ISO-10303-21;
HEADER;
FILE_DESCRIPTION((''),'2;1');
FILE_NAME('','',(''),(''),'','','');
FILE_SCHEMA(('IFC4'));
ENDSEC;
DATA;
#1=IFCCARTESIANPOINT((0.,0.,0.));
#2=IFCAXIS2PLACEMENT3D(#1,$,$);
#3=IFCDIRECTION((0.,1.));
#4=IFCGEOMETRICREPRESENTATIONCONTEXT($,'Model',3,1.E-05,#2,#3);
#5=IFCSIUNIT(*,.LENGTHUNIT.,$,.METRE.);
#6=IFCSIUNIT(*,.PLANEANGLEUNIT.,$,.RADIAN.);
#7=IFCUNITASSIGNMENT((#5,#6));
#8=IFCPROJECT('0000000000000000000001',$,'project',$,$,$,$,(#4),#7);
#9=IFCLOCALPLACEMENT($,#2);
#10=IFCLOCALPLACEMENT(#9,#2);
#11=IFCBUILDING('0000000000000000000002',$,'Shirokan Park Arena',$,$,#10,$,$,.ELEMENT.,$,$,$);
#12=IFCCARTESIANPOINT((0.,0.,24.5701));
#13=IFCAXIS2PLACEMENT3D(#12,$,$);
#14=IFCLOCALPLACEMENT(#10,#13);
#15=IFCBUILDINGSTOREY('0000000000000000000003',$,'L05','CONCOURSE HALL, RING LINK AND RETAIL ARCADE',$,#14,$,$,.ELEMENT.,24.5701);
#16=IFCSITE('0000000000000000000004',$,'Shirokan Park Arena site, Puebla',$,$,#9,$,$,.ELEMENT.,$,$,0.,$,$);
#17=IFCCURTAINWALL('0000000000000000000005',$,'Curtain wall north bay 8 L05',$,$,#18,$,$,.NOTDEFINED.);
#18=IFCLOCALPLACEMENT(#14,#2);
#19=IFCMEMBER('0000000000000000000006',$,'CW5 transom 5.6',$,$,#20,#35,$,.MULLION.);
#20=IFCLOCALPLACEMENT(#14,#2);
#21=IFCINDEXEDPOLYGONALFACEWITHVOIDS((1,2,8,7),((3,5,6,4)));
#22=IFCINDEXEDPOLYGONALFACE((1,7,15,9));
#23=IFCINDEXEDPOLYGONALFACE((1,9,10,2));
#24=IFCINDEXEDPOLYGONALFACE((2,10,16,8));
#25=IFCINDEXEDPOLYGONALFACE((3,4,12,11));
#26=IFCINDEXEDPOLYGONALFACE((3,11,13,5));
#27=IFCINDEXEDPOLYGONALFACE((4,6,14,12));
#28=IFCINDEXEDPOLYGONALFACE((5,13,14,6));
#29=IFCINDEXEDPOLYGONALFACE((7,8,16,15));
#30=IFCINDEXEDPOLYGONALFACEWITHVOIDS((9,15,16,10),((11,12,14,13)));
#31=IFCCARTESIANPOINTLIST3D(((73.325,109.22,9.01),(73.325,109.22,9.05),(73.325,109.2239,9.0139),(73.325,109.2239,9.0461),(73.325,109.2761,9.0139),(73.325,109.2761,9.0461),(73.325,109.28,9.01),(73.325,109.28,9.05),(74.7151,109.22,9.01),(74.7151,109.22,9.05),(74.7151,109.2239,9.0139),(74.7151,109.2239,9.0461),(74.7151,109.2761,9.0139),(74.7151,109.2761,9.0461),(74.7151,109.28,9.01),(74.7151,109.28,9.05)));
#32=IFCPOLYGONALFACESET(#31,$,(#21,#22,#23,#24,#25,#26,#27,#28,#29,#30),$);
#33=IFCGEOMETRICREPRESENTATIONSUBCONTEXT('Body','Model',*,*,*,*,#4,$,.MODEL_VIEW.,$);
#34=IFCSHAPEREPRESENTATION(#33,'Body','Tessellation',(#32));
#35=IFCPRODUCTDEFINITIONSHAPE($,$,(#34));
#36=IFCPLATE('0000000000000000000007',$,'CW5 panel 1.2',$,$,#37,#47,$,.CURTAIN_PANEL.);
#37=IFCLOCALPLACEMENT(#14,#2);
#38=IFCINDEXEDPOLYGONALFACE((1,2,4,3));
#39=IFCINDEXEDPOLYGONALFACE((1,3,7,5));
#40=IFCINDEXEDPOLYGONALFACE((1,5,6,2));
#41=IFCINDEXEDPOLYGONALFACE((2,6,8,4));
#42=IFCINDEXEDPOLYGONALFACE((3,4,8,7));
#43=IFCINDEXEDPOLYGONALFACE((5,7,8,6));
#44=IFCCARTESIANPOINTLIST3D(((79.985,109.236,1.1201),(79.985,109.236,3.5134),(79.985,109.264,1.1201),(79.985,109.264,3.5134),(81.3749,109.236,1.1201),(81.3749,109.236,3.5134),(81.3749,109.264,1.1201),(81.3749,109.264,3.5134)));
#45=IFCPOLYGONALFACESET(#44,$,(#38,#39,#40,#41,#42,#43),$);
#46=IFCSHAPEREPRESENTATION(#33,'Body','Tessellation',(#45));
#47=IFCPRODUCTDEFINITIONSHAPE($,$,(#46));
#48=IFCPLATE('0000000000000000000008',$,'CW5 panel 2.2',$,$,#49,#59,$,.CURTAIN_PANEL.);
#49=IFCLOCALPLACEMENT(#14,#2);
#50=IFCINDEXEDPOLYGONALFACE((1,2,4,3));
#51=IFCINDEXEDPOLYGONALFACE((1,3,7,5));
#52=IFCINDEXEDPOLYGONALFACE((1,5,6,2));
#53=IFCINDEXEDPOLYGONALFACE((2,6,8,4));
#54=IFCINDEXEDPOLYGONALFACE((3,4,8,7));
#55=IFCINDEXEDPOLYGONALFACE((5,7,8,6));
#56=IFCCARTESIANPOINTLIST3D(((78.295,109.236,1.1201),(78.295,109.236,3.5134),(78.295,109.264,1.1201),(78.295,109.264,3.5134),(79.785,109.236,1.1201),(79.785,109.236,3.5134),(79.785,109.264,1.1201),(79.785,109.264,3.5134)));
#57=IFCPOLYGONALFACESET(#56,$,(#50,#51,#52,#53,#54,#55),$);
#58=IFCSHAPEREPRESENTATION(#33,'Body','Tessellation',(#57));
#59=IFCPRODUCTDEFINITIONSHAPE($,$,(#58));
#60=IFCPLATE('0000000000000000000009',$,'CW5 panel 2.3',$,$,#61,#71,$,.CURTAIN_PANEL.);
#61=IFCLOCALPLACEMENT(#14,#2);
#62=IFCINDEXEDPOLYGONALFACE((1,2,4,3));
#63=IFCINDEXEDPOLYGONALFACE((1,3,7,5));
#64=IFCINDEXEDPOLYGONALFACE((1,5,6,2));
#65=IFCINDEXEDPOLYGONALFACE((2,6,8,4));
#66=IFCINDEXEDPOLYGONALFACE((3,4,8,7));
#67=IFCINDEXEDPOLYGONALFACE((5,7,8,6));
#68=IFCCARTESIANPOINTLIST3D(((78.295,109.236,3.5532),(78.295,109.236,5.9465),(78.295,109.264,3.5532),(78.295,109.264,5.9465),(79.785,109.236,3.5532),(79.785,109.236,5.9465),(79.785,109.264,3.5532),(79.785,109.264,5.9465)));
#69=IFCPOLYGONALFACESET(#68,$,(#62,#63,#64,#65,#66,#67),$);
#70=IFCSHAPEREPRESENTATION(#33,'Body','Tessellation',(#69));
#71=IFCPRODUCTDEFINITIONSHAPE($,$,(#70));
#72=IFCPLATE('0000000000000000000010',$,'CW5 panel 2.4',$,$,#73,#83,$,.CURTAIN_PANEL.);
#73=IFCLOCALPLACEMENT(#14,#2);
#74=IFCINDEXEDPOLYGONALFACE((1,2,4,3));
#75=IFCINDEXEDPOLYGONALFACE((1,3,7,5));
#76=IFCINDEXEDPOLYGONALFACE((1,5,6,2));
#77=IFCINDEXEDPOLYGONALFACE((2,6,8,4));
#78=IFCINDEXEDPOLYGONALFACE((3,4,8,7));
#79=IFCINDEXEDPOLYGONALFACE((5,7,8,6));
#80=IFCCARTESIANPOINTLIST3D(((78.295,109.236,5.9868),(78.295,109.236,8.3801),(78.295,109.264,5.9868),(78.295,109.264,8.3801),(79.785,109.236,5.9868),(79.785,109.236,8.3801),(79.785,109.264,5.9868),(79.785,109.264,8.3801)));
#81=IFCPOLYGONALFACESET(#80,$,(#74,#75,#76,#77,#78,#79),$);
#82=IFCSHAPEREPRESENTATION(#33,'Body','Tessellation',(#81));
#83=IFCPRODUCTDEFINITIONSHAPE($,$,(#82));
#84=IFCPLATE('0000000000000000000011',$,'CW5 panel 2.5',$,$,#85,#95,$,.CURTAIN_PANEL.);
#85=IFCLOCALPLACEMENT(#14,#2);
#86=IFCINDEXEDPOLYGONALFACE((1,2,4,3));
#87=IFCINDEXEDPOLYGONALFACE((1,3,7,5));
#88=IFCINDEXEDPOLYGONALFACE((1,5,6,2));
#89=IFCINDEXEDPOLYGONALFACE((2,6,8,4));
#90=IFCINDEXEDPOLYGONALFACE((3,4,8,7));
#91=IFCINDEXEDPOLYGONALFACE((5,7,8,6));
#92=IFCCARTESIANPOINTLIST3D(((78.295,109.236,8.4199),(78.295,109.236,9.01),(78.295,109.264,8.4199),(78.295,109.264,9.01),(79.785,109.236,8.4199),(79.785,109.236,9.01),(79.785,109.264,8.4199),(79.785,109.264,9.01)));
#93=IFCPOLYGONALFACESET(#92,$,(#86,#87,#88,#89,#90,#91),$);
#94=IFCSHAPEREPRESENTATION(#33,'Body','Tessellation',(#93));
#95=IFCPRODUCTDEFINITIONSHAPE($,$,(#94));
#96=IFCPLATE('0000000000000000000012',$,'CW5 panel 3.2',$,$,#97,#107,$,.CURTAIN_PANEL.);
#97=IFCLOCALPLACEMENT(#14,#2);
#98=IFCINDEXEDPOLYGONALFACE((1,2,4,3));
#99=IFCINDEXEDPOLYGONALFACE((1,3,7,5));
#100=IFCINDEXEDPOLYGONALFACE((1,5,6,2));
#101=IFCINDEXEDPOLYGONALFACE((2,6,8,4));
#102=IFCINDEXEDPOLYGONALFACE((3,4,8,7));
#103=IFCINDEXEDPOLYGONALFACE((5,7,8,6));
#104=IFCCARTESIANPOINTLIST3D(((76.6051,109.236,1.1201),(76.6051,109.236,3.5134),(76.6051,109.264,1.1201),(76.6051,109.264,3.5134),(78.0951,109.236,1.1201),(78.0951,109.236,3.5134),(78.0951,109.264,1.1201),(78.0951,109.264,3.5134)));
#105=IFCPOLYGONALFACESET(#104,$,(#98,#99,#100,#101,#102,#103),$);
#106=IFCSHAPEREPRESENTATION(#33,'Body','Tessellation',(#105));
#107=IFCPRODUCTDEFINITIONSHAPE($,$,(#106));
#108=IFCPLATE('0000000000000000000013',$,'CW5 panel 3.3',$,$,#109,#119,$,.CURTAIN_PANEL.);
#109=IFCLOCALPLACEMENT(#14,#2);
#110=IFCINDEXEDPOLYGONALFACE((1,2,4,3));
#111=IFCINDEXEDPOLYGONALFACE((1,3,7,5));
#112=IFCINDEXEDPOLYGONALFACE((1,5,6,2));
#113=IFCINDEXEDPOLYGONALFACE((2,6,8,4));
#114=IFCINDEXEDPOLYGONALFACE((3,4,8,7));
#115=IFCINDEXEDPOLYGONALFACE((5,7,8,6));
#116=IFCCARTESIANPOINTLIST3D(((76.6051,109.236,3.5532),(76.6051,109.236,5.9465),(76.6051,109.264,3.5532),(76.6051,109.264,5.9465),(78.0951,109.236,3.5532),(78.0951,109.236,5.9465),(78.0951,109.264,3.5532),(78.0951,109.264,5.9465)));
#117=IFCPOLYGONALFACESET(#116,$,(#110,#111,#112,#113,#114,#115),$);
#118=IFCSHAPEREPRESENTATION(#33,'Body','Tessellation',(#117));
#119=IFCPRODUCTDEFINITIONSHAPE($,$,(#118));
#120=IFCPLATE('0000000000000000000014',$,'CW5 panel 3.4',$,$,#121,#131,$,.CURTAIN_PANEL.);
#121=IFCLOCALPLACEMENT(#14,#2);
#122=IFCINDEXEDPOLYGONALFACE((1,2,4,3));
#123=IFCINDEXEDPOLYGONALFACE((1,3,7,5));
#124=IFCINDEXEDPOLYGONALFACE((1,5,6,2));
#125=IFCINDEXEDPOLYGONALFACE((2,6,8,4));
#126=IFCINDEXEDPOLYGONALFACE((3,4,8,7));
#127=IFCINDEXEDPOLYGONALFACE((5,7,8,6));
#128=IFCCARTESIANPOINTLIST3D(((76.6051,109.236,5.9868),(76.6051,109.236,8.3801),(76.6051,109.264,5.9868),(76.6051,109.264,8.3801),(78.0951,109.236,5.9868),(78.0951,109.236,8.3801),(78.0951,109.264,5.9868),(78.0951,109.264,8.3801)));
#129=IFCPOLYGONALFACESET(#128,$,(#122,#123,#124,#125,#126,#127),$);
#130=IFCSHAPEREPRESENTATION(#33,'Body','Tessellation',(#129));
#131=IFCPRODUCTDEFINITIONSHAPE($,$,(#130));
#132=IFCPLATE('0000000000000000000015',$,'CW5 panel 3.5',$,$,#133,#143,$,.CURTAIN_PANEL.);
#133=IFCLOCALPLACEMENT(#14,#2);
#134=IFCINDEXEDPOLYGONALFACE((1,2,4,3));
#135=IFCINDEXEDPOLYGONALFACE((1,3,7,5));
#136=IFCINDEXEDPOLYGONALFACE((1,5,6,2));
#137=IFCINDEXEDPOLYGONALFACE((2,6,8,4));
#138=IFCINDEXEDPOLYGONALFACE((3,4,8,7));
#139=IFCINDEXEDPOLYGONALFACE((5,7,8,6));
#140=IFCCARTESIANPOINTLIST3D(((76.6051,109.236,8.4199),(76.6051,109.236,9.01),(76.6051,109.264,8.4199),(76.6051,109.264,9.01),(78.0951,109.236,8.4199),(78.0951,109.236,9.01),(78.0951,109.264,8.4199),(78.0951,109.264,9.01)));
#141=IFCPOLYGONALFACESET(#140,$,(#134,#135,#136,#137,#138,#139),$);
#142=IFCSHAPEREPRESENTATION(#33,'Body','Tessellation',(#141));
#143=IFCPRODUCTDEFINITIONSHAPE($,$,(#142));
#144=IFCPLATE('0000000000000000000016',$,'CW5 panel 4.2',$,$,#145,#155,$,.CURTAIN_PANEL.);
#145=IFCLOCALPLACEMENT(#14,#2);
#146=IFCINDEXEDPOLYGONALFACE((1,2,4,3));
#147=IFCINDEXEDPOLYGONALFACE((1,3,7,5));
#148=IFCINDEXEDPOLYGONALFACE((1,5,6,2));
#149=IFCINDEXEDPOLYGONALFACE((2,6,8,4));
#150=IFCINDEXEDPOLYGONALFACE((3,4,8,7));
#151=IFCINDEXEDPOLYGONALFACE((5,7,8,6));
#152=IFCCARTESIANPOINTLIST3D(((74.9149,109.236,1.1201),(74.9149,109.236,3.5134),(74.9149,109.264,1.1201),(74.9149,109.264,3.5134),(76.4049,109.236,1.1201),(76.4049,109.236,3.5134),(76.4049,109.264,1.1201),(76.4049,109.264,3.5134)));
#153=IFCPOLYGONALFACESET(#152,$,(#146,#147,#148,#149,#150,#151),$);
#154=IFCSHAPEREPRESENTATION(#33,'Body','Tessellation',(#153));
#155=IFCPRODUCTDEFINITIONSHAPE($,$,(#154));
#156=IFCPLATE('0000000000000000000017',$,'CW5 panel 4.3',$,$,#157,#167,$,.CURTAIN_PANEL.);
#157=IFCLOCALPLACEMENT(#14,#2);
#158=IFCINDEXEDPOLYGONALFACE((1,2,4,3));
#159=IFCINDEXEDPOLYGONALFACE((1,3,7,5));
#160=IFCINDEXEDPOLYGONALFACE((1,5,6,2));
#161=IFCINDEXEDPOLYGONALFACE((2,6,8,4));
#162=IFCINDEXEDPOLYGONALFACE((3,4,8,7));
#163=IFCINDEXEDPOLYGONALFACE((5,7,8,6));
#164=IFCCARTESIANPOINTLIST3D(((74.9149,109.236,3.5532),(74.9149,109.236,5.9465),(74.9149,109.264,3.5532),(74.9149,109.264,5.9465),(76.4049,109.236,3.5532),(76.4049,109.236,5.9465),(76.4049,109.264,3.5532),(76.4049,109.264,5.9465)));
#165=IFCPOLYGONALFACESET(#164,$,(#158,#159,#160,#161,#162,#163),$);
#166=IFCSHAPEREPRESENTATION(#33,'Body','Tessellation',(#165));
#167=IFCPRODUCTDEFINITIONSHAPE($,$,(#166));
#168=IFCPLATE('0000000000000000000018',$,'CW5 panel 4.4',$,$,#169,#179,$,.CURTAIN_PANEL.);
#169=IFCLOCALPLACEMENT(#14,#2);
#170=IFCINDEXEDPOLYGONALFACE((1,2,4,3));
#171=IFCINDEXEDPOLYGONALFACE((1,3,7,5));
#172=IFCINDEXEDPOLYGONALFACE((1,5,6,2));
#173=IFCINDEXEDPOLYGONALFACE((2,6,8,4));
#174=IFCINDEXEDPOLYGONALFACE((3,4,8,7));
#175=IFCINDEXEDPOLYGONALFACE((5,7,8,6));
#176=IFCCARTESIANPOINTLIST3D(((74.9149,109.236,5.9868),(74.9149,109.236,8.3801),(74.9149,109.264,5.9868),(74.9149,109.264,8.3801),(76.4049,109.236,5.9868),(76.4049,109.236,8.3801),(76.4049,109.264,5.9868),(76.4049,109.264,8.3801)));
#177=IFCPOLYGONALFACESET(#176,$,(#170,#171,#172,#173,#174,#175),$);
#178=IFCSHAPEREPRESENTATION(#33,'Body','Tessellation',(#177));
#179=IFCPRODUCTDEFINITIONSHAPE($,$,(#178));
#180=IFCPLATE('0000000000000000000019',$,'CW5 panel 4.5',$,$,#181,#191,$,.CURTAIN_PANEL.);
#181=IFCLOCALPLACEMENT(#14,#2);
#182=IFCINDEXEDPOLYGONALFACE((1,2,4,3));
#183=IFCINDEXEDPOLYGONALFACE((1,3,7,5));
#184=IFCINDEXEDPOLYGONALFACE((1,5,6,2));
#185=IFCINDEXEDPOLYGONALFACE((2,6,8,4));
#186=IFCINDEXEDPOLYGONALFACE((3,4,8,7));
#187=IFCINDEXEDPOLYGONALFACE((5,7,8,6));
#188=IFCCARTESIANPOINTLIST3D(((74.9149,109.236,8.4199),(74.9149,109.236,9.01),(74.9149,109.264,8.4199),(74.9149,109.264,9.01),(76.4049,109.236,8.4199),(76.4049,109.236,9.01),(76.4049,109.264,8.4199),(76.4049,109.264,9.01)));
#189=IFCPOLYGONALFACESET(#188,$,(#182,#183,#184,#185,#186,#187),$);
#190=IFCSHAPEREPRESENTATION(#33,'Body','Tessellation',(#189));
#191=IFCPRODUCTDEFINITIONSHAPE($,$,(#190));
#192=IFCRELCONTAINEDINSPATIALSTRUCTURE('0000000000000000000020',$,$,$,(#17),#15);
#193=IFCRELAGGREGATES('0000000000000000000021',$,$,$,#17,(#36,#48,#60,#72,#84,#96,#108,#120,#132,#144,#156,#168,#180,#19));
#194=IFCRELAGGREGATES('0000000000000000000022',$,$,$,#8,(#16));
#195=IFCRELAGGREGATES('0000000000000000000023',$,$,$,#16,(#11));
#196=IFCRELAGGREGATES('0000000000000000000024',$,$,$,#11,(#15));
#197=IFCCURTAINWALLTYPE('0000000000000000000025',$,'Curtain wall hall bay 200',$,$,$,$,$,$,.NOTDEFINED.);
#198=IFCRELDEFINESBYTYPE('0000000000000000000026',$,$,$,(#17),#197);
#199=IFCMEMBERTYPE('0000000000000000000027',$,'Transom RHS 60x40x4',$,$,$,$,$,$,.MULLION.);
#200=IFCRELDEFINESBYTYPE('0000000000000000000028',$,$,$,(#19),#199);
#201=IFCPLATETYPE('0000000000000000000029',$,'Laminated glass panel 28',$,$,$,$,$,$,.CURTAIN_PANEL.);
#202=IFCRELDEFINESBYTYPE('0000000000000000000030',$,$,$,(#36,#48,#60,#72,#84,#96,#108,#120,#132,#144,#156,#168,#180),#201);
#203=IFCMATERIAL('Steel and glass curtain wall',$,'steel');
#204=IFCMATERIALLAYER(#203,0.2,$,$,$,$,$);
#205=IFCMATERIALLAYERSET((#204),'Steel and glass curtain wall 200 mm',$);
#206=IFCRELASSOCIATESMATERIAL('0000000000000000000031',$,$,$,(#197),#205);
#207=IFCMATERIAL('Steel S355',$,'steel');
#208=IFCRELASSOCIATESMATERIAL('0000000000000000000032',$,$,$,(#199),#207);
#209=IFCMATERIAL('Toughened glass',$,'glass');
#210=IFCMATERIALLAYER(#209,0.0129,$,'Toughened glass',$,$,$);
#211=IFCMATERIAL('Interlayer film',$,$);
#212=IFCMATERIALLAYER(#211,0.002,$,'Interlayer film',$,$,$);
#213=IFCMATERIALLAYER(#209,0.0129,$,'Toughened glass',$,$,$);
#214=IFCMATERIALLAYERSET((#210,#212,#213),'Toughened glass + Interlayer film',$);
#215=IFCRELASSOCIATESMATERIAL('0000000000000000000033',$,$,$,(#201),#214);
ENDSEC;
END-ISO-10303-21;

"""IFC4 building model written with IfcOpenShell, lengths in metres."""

from ifc_helpers import new_model, si_unit, direction, frame, origin, origin_2d, place, context, subcontext, project, spatial, rectangle, hollow_rectangle, extrude, material, layer, layer_set, material_profile, profile_set, type_object, element, aggregate, save


model = new_model("IFC4")

# Units and contexts
model_context = context("Model", 3, precision=1e-05, world=origin(), true_north=direction((0.0, 1.0)))
body_context = subcontext(model_context, "Body", "Model", "MODEL_VIEW")
ifc_project = project(units=[si_unit("LENGTHUNIT", "METRE"), si_unit("PLANEANGLEUNIT", "RADIAN")], contexts=[model_context])

# Site, building, storey
site_placement = place(None, origin())
site = spatial("IfcSite", under=ifc_project, at=site_placement, Name="Shirokan Park Arena site, Puebla", CompositionType="ELEMENT", RefElevation=0.0)
building_placement = place(site_placement, origin())
building = spatial("IfcBuilding", under=site, at=building_placement, Name="Shirokan Park Arena", CompositionType="ELEMENT")
storey_placement = place(building_placement, frame((0.0, 0.0, 24.5701)))
storey = spatial("IfcBuildingStorey", under=building, at=storey_placement, Name="L05", Description="CONCOURSE HALL, RING LINK AND RETAIL ARCADE", CompositionType="ELEMENT", Elevation=24.5701)

# Curtain wall, member, plates
ifc_material_1 = material(Name="Steel and glass curtain wall", Category="steel")
ifc_layer_1 = layer(ifc_material_1, 0.2)
ifc_layer_set_1 = layer_set([ifc_layer_1], Name="Steel and glass curtain wall 200 mm")
curtain_wall_type = type_object("IfcCurtainWallType", Name="Curtain wall hall bay 200", PredefinedType="NOTDEFINED", material=ifc_layer_set_1)
curtain_wall_placement = place(storey_placement, origin())
curtain_wall = element("IfcCurtainWall", 1, at=curtain_wall_placement, inside=storey, type_object=curtain_wall_type, Name="Curtain wall north bay 8 L05", PredefinedType="NOTDEFINED")
ifc_material_2 = material(Name="Steel S355", Category="steel")
ifc_material_profile_1 = material_profile(ifc_material_2, hollow_rectangle(XDim=0.0601, YDim=0.04, WallThickness=0.0039, at=origin_2d()), Name="RHS 60x40x4")
ifc_profile_set_1 = profile_set([ifc_material_profile_1], Name="Steel S355")
member_type_1 = type_object("IfcMemberType", Name="Transom RHS 60x40x4", PredefinedType="MULLION", material=ifc_profile_set_1)
member_1_placement = place(storey_placement, frame((74.7151, 109.25, 9.03), z_axis=(-1.0, 0.0, 0.0), x_axis=(0.0, -1.0, 0.0)))
member_1 = element("IfcMember", 2, at=member_1_placement, type_object=member_type_1, Name="CW5 transom 5.6", PredefinedType="MULLION", context=body_context, shape_type="SweptSolid", body=[
    extrude(hollow_rectangle(XDim=0.0601, YDim=0.04, WallThickness=0.0039, at=origin_2d()), origin(), (0.0, 0.0, 1.0), 1.3901),
])
ifc_material_3 = material(Name="Toughened glass", Category="glass")
ifc_layer_2 = layer(ifc_material_3, 0.0129, Name="Toughened glass")
ifc_material_4 = material(Name="Interlayer film")
ifc_layer_3 = layer(ifc_material_4, 0.002, Name="Interlayer film")
ifc_layer_4 = layer(ifc_material_3, 0.0129, Name="Toughened glass")
ifc_layer_set_2 = layer_set([ifc_layer_2, ifc_layer_3, ifc_layer_4], Name="Toughened glass + Interlayer film")
plate_type_1 = type_object("IfcPlateType", Name="Laminated glass panel 28", PredefinedType="CURTAIN_PANEL", material=ifc_layer_set_2)
plate_1_placement = place(storey_placement, frame((80.6799, 109.25, 1.1201), z_axis=(0.0, 0.0, 1.0), x_axis=(-1.0, 0.0, 0.0)))
plate_1 = element("IfcPlate", 3, at=plate_1_placement, type_object=plate_type_1, Name="CW5 panel 1.2", PredefinedType="CURTAIN_PANEL", context=body_context, shape_type="SweptSolid", body=[
    extrude(rectangle(XDim=1.3899, YDim=0.0281, at=origin_2d()), origin(), (0.0, 0.0, 1.0), 2.3933),
])
plate_2_placement = place(storey_placement, frame((79.04, 109.25, 1.1201), z_axis=(0.0, 0.0, 1.0), x_axis=(-1.0, 0.0, 0.0)))
plate_2 = element("IfcPlate", 4, at=plate_2_placement, type_object=plate_type_1, Name="CW5 panel 2.2", PredefinedType="CURTAIN_PANEL", context=body_context, shape_type="SweptSolid", body=[
    extrude(rectangle(XDim=1.49, YDim=0.0281, at=origin_2d()), origin(), (0.0, 0.0, 1.0), 2.3933),
])
plate_3_placement = place(storey_placement, frame((79.04, 109.25, 3.5532), z_axis=(0.0, 0.0, 1.0), x_axis=(-1.0, 0.0, 0.0)))
plate_3 = element("IfcPlate", 5, at=plate_3_placement, type_object=plate_type_1, Name="CW5 panel 2.3", PredefinedType="CURTAIN_PANEL", context=body_context, shape_type="SweptSolid", body=[
    extrude(rectangle(XDim=1.49, YDim=0.0281, at=origin_2d()), origin(), (0.0, 0.0, 1.0), 2.3933),
])
plate_4_placement = place(storey_placement, frame((79.04, 109.25, 5.9868), z_axis=(0.0, 0.0, 1.0), x_axis=(-1.0, 0.0, 0.0)))
plate_4 = element("IfcPlate", 6, at=plate_4_placement, type_object=plate_type_1, Name="CW5 panel 2.4", PredefinedType="CURTAIN_PANEL", context=body_context, shape_type="SweptSolid", body=[
    extrude(rectangle(XDim=1.49, YDim=0.0281, at=origin_2d()), origin(), (0.0, 0.0, 1.0), 2.3933),
])
plate_5_placement = place(storey_placement, frame((79.04, 109.25, 8.4199), z_axis=(0.0, 0.0, 1.0), x_axis=(-1.0, 0.0, 0.0)))
plate_5 = element("IfcPlate", 7, at=plate_5_placement, type_object=plate_type_1, Name="CW5 panel 2.5", PredefinedType="CURTAIN_PANEL", context=body_context, shape_type="SweptSolid", body=[
    extrude(rectangle(XDim=1.49, YDim=0.0281, at=origin_2d()), origin(), (0.0, 0.0, 1.0), 0.5901),
])
plate_6_placement = place(storey_placement, frame((77.3501, 109.25, 1.1201), z_axis=(0.0, 0.0, 1.0), x_axis=(-1.0, 0.0, 0.0)))
plate_6 = element("IfcPlate", 8, at=plate_6_placement, type_object=plate_type_1, Name="CW5 panel 3.2", PredefinedType="CURTAIN_PANEL", context=body_context, shape_type="SweptSolid", body=[
    extrude(rectangle(XDim=1.49, YDim=0.0281, at=origin_2d()), origin(), (0.0, 0.0, 1.0), 2.3933),
])
plate_7_placement = place(storey_placement, frame((77.3501, 109.25, 3.5532), z_axis=(0.0, 0.0, 1.0), x_axis=(-1.0, 0.0, 0.0)))
plate_7 = element("IfcPlate", 9, at=plate_7_placement, type_object=plate_type_1, Name="CW5 panel 3.3", PredefinedType="CURTAIN_PANEL", context=body_context, shape_type="SweptSolid", body=[
    extrude(rectangle(XDim=1.49, YDim=0.0281, at=origin_2d()), origin(), (0.0, 0.0, 1.0), 2.3933),
])
plate_8_placement = place(storey_placement, frame((77.3501, 109.25, 5.9868), z_axis=(0.0, 0.0, 1.0), x_axis=(-1.0, 0.0, 0.0)))
plate_8 = element("IfcPlate", 10, at=plate_8_placement, type_object=plate_type_1, Name="CW5 panel 3.4", PredefinedType="CURTAIN_PANEL", context=body_context, shape_type="SweptSolid", body=[
    extrude(rectangle(XDim=1.49, YDim=0.0281, at=origin_2d()), origin(), (0.0, 0.0, 1.0), 2.3933),
])
plate_9_placement = place(storey_placement, frame((77.3501, 109.25, 8.4199), z_axis=(0.0, 0.0, 1.0), x_axis=(-1.0, 0.0, 0.0)))
plate_9 = element("IfcPlate", 11, at=plate_9_placement, type_object=plate_type_1, Name="CW5 panel 3.5", PredefinedType="CURTAIN_PANEL", context=body_context, shape_type="SweptSolid", body=[
    extrude(rectangle(XDim=1.49, YDim=0.0281, at=origin_2d()), origin(), (0.0, 0.0, 1.0), 0.5901),
])
plate_10_placement = place(storey_placement, frame((75.6599, 109.25, 1.1201), z_axis=(0.0, 0.0, 1.0), x_axis=(-1.0, 0.0, 0.0)))
plate_10 = element("IfcPlate", 12, at=plate_10_placement, type_object=plate_type_1, Name="CW5 panel 4.2", PredefinedType="CURTAIN_PANEL", context=body_context, shape_type="SweptSolid", body=[
    extrude(rectangle(XDim=1.49, YDim=0.0281, at=origin_2d()), origin(), (0.0, 0.0, 1.0), 2.3933),
])
plate_11_placement = place(storey_placement, frame((75.6599, 109.25, 3.5532), z_axis=(0.0, 0.0, 1.0), x_axis=(-1.0, 0.0, 0.0)))
plate_11 = element("IfcPlate", 13, at=plate_11_placement, type_object=plate_type_1, Name="CW5 panel 4.3", PredefinedType="CURTAIN_PANEL", context=body_context, shape_type="SweptSolid", body=[
    extrude(rectangle(XDim=1.49, YDim=0.0281, at=origin_2d()), origin(), (0.0, 0.0, 1.0), 2.3933),
])
plate_12_placement = place(storey_placement, frame((75.6599, 109.25, 5.9868), z_axis=(0.0, 0.0, 1.0), x_axis=(-1.0, 0.0, 0.0)))
plate_12 = element("IfcPlate", 14, at=plate_12_placement, type_object=plate_type_1, Name="CW5 panel 4.4", PredefinedType="CURTAIN_PANEL", context=body_context, shape_type="SweptSolid", body=[
    extrude(rectangle(XDim=1.49, YDim=0.0281, at=origin_2d()), origin(), (0.0, 0.0, 1.0), 2.3933),
])
plate_13_placement = place(storey_placement, frame((75.6599, 109.25, 8.4199), z_axis=(0.0, 0.0, 1.0), x_axis=(-1.0, 0.0, 0.0)))
plate_13 = element("IfcPlate", 15, at=plate_13_placement, type_object=plate_type_1, Name="CW5 panel 4.5", PredefinedType="CURTAIN_PANEL", context=body_context, shape_type="SweptSolid", body=[
    extrude(rectangle(XDim=1.49, YDim=0.0281, at=origin_2d()), origin(), (0.0, 0.0, 1.0), 0.5901),
])
aggregate(curtain_wall, [plate_1, plate_2, plate_3, plate_4, plate_5, plate_6, plate_7, plate_8, plate_9, plate_10, plate_11, plate_12, plate_13, member_1])

save(model, "model.ifc")
